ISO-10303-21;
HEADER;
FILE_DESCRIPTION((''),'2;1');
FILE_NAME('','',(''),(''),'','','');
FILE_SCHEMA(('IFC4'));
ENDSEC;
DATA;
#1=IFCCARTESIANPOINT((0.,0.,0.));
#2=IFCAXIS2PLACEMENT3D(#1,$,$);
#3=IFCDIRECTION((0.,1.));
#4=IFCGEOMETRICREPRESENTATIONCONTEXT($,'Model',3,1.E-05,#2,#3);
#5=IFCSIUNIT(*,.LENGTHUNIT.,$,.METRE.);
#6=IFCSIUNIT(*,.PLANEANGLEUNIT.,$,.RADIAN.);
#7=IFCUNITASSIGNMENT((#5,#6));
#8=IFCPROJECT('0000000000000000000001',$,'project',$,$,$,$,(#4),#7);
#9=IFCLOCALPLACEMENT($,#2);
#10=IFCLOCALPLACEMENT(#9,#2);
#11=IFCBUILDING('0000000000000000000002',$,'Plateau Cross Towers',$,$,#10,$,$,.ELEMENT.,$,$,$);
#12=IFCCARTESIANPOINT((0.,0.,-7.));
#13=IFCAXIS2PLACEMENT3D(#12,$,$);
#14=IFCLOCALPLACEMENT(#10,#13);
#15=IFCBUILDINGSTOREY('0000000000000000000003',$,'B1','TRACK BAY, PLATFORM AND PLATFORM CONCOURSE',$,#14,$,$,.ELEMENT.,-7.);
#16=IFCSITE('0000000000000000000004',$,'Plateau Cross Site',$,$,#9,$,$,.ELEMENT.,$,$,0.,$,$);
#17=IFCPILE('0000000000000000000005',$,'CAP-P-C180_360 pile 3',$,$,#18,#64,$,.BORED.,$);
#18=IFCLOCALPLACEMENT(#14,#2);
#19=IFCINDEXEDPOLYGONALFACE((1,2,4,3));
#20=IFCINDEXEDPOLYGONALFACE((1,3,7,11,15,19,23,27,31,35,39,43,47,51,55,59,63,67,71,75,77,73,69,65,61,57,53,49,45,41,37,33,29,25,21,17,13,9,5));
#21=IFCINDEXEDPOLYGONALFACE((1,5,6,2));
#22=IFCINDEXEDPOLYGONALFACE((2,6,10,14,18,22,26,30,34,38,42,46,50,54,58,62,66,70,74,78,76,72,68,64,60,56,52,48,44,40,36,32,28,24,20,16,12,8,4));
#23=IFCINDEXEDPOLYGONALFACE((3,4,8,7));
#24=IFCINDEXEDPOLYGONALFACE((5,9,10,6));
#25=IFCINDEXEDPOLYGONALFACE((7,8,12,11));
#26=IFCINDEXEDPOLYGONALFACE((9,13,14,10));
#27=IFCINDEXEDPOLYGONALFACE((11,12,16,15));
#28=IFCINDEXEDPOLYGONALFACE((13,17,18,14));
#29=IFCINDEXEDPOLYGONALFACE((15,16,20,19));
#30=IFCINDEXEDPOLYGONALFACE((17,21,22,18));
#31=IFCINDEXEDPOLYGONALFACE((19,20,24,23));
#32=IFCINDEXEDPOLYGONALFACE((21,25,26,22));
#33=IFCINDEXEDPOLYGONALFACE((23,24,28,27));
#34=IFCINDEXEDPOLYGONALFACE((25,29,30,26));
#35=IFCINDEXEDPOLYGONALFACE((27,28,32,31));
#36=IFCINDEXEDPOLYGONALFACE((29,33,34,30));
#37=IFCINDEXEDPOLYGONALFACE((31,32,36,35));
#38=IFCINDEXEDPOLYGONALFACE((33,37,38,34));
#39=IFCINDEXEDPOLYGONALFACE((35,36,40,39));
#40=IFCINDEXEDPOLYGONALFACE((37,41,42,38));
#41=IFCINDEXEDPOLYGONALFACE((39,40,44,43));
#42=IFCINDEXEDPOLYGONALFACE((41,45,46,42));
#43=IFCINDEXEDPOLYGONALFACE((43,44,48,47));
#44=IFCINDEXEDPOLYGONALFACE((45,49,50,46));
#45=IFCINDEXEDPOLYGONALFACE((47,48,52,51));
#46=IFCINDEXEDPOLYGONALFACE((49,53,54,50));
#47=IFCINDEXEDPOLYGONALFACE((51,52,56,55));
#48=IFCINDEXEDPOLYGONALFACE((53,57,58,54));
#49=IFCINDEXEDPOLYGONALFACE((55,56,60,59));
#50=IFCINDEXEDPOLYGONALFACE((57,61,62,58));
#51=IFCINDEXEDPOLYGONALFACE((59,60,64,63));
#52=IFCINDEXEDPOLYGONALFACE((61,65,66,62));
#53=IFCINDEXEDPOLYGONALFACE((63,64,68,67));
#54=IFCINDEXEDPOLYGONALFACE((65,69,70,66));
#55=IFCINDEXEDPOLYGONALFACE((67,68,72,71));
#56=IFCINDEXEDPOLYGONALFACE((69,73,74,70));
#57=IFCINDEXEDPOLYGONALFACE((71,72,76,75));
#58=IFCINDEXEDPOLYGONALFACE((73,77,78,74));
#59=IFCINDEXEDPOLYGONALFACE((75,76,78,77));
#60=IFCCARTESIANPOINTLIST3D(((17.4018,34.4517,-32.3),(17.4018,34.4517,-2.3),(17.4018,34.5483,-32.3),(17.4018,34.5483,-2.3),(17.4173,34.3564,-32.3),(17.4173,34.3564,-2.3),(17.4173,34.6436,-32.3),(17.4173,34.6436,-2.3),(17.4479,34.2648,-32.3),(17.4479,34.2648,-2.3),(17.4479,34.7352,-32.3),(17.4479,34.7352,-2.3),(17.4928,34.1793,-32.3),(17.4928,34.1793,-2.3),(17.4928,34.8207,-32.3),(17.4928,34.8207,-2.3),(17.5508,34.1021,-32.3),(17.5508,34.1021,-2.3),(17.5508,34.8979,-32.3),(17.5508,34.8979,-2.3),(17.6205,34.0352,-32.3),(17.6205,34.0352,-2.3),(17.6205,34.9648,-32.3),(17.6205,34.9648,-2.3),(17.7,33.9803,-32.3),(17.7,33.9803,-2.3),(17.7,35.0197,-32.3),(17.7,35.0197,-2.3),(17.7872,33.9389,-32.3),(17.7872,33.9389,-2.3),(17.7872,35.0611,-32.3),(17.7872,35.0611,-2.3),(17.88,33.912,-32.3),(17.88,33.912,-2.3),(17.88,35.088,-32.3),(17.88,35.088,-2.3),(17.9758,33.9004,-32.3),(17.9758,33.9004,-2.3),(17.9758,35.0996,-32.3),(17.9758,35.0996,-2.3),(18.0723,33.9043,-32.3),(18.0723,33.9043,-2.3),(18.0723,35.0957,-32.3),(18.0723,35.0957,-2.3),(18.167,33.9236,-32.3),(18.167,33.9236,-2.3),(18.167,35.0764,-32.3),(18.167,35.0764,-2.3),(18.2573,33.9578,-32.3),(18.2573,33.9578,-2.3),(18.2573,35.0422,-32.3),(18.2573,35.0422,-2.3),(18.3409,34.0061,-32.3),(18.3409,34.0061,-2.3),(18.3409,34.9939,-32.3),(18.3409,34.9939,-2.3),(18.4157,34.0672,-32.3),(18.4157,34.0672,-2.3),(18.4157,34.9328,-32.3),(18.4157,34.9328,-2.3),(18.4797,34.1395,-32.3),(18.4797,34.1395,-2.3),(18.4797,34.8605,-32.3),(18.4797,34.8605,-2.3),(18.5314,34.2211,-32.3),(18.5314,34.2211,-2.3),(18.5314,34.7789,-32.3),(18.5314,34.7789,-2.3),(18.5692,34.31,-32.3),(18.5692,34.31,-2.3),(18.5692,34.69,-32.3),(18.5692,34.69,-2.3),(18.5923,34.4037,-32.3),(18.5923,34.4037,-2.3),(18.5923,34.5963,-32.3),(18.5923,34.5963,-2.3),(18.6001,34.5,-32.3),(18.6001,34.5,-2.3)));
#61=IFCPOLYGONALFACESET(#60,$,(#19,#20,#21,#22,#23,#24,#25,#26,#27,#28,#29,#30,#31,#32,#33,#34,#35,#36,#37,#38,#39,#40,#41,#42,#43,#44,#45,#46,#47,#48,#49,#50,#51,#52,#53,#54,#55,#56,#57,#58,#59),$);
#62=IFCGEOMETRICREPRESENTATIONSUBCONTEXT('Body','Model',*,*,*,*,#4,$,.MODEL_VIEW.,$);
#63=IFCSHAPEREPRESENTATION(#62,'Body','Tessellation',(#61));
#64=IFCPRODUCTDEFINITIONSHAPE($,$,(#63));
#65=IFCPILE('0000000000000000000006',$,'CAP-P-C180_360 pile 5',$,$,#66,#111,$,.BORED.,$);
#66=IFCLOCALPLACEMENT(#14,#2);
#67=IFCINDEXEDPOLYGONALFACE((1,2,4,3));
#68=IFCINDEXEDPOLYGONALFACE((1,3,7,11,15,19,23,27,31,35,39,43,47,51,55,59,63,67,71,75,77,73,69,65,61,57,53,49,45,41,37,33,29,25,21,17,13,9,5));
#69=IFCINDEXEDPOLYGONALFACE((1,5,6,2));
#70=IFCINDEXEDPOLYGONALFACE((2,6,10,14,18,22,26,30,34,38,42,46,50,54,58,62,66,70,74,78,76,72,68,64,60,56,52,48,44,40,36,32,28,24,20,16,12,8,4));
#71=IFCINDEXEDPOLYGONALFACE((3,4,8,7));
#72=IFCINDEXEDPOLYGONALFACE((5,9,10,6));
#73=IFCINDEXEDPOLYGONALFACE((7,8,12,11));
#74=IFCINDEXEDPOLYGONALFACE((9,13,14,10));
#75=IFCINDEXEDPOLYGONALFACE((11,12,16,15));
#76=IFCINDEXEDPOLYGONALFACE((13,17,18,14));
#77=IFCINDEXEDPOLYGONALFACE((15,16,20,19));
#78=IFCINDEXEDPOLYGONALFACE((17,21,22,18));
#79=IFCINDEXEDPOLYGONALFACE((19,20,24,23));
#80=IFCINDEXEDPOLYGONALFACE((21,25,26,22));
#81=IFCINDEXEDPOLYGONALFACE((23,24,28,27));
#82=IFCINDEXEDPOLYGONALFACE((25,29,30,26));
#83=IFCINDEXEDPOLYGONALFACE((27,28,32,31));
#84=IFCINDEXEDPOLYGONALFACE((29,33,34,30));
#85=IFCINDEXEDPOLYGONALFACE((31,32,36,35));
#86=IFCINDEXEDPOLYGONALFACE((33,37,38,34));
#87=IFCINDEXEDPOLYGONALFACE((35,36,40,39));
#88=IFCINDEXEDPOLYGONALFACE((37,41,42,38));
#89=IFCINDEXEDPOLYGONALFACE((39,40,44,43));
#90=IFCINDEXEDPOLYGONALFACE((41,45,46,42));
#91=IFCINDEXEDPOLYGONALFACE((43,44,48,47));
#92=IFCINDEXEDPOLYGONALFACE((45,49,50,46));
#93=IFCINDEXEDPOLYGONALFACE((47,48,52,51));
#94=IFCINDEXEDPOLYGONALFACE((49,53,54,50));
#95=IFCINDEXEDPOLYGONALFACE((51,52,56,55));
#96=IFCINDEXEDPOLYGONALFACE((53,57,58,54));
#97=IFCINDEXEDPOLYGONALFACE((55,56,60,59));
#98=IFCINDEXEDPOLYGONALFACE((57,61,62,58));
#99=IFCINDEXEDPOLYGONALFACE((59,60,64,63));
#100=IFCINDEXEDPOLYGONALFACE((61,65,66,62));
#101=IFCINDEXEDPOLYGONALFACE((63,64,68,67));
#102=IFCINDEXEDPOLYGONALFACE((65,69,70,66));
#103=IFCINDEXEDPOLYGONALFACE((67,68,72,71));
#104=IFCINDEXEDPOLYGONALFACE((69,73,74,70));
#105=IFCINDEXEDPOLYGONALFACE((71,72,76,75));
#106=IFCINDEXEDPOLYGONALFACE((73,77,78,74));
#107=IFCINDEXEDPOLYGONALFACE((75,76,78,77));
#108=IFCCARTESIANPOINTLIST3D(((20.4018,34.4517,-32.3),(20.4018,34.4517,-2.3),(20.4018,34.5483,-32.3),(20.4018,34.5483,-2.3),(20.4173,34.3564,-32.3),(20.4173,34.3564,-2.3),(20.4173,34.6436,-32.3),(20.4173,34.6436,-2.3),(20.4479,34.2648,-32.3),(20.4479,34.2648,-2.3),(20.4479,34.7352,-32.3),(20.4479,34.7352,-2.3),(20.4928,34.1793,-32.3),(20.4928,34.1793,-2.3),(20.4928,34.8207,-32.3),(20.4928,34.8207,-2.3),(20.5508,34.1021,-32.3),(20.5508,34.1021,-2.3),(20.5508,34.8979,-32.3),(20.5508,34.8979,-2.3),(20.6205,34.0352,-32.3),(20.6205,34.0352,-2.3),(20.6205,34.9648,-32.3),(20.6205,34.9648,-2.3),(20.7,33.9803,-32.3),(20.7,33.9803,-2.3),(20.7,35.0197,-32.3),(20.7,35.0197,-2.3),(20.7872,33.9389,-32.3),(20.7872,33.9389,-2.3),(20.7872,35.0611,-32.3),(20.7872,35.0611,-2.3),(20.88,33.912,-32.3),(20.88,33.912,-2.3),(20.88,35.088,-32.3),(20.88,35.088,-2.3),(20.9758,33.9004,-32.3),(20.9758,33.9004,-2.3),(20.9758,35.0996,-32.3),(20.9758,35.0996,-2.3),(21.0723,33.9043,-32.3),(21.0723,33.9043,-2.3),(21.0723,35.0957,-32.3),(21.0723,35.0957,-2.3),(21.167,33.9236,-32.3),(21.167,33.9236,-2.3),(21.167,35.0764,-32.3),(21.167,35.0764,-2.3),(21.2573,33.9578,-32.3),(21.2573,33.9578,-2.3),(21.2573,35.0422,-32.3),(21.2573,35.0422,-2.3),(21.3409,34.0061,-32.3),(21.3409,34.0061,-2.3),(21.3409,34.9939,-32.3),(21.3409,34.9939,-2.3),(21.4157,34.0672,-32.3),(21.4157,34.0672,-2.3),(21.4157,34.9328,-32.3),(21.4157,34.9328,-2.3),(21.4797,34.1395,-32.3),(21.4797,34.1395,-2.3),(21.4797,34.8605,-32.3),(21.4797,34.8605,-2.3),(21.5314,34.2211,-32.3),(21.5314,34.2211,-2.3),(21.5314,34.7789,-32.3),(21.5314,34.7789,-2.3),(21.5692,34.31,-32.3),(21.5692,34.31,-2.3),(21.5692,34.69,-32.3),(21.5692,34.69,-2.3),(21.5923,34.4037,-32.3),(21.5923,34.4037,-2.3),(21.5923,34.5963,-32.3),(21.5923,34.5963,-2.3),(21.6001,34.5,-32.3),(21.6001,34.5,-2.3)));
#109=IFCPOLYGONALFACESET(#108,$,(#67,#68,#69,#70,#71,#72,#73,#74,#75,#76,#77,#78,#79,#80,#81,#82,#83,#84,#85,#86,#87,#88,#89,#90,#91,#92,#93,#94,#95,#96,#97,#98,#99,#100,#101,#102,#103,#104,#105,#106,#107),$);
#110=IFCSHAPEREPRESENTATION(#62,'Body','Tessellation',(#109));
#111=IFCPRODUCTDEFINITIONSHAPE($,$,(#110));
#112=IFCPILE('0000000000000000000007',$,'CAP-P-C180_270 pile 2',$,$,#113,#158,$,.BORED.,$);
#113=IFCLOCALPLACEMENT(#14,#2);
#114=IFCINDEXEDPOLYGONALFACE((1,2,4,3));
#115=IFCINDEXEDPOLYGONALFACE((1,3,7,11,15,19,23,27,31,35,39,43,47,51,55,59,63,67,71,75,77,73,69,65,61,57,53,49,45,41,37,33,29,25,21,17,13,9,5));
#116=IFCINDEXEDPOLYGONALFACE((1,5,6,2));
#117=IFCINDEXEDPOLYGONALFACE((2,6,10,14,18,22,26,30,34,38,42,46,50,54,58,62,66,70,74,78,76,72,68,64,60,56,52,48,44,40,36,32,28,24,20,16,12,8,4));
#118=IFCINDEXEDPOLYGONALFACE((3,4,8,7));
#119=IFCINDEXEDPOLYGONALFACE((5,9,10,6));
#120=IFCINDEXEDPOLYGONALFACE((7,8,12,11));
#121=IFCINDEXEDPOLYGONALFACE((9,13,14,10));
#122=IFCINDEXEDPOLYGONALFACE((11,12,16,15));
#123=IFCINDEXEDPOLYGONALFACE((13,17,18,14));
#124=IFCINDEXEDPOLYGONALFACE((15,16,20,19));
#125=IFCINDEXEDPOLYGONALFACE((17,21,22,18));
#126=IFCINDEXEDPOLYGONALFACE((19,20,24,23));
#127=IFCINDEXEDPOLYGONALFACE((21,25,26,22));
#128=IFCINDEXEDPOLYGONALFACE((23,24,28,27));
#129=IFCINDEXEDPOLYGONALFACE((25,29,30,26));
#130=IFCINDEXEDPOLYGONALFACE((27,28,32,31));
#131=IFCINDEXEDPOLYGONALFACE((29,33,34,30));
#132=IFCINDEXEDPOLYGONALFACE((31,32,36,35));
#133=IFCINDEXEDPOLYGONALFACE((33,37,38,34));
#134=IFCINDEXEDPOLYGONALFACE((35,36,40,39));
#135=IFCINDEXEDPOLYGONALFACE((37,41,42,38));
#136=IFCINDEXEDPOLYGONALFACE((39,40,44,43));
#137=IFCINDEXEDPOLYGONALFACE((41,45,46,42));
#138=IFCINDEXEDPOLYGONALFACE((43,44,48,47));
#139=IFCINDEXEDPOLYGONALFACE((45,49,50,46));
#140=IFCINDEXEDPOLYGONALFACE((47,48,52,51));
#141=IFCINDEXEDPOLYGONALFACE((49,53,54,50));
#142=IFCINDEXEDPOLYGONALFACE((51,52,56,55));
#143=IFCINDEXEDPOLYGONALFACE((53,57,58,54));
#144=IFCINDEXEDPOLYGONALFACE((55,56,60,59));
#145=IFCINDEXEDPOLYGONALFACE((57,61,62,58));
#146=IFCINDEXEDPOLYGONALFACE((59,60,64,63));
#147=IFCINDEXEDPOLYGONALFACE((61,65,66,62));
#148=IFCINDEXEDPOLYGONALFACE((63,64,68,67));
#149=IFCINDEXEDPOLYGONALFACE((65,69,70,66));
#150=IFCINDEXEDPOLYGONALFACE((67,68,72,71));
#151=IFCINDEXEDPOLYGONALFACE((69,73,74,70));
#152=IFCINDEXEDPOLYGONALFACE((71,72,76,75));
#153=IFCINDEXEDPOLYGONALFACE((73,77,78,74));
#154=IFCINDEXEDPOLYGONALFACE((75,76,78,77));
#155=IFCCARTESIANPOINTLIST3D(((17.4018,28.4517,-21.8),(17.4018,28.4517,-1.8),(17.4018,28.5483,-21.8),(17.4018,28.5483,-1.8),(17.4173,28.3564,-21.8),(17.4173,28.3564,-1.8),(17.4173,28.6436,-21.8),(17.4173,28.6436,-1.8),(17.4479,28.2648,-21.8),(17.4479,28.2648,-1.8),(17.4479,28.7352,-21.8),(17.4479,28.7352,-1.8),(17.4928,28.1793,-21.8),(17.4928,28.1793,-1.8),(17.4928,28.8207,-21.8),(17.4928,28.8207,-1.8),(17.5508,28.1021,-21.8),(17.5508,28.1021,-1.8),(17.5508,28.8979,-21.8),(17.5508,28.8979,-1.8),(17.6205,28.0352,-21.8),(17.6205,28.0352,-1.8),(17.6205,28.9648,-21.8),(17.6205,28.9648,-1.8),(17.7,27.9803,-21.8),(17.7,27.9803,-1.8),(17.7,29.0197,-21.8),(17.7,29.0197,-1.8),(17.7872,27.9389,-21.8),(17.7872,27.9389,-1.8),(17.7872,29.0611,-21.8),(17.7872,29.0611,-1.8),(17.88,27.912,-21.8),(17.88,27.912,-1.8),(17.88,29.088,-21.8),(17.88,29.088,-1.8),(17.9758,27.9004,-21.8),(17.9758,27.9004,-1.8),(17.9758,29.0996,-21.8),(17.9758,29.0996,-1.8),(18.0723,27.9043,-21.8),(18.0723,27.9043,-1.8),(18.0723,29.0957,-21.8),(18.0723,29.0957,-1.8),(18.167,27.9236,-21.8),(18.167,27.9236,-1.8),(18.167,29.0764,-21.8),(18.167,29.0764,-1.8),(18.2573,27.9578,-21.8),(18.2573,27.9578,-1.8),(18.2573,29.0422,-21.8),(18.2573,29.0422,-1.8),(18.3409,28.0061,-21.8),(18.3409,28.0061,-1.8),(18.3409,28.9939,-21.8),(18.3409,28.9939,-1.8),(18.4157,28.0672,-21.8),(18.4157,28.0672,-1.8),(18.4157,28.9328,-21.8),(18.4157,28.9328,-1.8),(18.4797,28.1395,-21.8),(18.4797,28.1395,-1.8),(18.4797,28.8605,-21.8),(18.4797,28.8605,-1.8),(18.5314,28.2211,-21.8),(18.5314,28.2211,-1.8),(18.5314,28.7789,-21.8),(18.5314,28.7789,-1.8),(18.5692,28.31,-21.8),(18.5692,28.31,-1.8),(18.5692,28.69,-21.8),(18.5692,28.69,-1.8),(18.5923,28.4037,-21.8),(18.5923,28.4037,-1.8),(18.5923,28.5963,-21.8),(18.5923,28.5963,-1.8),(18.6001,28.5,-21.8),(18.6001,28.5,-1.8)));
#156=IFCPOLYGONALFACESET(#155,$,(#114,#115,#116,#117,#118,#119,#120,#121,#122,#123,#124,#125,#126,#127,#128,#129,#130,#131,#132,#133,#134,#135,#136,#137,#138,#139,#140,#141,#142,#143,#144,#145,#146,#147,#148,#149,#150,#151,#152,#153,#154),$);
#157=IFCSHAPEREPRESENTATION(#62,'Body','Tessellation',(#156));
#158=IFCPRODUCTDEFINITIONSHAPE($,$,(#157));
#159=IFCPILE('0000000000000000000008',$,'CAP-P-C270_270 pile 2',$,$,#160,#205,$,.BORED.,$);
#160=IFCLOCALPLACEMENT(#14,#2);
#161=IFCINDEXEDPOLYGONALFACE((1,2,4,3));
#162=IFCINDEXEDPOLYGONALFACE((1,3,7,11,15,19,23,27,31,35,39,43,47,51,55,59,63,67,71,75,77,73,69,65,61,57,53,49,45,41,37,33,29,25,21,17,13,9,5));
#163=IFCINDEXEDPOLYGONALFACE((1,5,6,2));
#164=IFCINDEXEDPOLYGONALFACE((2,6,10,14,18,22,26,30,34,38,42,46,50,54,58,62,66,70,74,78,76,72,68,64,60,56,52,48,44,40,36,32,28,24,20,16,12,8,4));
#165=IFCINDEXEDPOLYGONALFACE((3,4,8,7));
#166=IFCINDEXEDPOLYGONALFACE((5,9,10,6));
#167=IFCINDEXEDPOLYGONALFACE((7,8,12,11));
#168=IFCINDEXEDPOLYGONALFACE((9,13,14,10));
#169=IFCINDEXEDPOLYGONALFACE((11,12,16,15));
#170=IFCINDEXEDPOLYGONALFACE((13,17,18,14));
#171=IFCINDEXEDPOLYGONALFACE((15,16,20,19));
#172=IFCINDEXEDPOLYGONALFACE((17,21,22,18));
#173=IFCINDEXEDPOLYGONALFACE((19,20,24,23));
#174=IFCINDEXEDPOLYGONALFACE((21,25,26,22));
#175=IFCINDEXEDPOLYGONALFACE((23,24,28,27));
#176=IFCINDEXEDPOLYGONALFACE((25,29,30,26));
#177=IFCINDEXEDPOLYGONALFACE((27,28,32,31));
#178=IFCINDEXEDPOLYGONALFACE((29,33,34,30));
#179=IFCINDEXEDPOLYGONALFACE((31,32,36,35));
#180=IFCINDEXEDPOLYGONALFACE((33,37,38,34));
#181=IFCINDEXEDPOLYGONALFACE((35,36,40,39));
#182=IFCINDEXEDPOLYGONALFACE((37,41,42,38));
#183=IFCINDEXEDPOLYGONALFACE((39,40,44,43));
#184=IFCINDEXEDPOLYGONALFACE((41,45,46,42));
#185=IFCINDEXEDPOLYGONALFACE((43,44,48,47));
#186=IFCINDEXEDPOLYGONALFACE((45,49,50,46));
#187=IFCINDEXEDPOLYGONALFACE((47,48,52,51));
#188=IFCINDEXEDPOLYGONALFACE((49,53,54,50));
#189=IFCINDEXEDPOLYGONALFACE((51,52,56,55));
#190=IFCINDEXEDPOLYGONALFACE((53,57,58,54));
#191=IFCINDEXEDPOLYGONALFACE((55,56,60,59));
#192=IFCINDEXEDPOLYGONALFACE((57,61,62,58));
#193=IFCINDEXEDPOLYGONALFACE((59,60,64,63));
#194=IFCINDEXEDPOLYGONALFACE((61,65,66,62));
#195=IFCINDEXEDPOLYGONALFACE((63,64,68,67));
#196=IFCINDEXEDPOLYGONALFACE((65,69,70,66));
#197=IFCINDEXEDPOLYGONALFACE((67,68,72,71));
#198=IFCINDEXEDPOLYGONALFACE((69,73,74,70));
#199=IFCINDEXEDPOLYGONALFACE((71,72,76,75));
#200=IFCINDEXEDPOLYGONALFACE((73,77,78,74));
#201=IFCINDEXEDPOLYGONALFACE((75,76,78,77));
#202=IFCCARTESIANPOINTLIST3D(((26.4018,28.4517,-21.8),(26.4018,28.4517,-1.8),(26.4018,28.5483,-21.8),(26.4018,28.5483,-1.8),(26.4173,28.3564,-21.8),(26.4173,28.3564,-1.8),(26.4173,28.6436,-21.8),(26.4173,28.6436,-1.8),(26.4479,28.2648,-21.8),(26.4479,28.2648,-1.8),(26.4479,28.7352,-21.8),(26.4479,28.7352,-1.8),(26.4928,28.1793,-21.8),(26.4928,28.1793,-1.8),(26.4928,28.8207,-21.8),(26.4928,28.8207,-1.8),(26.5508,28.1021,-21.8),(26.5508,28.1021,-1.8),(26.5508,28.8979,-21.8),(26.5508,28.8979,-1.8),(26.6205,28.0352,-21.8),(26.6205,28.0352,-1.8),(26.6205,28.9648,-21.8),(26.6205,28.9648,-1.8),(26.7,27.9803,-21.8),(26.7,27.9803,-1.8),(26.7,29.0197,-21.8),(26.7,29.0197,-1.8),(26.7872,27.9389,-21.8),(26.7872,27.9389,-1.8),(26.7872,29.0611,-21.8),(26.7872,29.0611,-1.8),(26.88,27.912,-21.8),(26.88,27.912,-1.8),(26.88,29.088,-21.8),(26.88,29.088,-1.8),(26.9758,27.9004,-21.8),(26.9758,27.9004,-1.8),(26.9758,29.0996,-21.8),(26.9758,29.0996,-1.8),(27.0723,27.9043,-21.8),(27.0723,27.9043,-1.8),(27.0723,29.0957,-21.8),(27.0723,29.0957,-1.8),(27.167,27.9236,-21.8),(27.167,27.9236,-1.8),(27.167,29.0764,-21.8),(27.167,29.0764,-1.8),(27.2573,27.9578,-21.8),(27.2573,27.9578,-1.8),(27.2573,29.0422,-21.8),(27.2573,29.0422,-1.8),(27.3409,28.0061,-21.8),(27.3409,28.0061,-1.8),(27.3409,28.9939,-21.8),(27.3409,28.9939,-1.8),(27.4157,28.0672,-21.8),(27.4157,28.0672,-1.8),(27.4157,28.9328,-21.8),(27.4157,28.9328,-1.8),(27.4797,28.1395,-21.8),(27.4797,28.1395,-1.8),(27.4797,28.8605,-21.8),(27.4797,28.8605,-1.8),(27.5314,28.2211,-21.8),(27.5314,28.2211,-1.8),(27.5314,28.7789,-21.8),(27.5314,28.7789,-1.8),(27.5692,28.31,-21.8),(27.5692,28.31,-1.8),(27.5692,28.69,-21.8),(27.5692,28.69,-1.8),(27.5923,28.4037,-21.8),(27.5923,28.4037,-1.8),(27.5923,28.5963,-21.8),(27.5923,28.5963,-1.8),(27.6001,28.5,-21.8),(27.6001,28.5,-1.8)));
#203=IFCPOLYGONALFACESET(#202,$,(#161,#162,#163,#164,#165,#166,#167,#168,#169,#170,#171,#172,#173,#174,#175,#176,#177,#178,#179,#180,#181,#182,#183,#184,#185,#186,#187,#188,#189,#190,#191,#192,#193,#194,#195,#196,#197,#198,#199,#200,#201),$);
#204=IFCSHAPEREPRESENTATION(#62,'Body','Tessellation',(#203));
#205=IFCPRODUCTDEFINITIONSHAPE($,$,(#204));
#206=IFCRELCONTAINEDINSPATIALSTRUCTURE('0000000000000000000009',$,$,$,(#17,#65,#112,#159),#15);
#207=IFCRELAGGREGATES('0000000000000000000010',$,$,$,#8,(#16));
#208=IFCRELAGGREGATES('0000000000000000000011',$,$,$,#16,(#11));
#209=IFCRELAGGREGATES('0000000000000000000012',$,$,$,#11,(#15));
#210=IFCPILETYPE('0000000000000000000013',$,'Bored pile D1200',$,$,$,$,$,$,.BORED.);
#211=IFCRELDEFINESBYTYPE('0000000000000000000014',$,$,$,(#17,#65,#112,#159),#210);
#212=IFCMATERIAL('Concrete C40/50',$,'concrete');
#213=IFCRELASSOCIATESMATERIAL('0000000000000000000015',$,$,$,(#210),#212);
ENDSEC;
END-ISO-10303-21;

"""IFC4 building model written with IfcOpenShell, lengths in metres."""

from ifc_helpers import new_model, si_unit, direction, frame, origin, origin_2d, place, context, subcontext, project, spatial, circle, extrude, material, material_profile, profile_set, type_object, element, save


model = new_model("IFC4")

# Units and contexts
model_context = context("Model", 3, precision=1e-05, world=origin(), true_north=direction((0.0, 1.0)))
body_context = subcontext(model_context, "Body", "Model", "MODEL_VIEW")
ifc_project = project(units=[si_unit("LENGTHUNIT", "METRE"), si_unit("PLANEANGLEUNIT", "RADIAN")], contexts=[model_context])

# Site, building, storey
site_placement = place(None, origin())
site = spatial("IfcSite", under=ifc_project, at=site_placement, Name="Plateau Cross Site", CompositionType="ELEMENT", RefElevation=0.0)
building_placement = place(site_placement, origin())
building = spatial("IfcBuilding", under=site, at=building_placement, Name="Plateau Cross Towers", CompositionType="ELEMENT")
storey_placement = place(building_placement, frame((0.0, 0.0, -7.0)))
storey = spatial("IfcBuildingStorey", under=building, at=storey_placement, Name="B1", Description="TRACK BAY, PLATFORM AND PLATFORM CONCOURSE", CompositionType="ELEMENT", Elevation=-7.0)

# Piles
ifc_material_1 = material(Name="Concrete C40/50", Category="concrete")
ifc_material_profile_1 = material_profile(ifc_material_1, circle(Radius=0.6001, at=origin_2d()), Name="Bored pile D1200")
ifc_profile_set_1 = profile_set([ifc_material_profile_1], Name="Concrete C40/50")
pile_type = type_object("IfcPileType", Name="Bored pile D1200", PredefinedType="BORED", material=ifc_profile_set_1)
for number, where, z_axis, x_axis, name in (
    (1, (18.0, 34.5, -2.3), (0.0, 0.0, -1.0), (1.0, 0.0, 0.0), "CAP-P-C180_360 pile 3"),
    (2, (21.0, 34.5, -2.3), (0.0, 0.0, -1.0), (1.0, 0.0, 0.0), "CAP-P-C180_360 pile 5"),
):
    element("IfcPile", number, at=place(storey_placement, frame(where, z_axis=z_axis, x_axis=x_axis)), inside=storey, type_object=pile_type, Name=name, PredefinedType="BORED", context=body_context, shape_type="SweptSolid", body=[
        extrude(circle(Radius=0.6001, at=origin_2d()), origin(), (0.0, 0.0, 1.0), 30.0),
    ])
for number, where, z_axis, x_axis, name in (
    (3, (18.0, 28.5, -1.8), (0.0, 0.0, -1.0), (1.0, 0.0, 0.0), "CAP-P-C180_270 pile 2"),
    (4, (27.0, 28.5, -1.8), (0.0, 0.0, -1.0), (1.0, 0.0, 0.0), "CAP-P-C270_270 pile 2"),
):
    element("IfcPile", number, at=place(storey_placement, frame(where, z_axis=z_axis, x_axis=x_axis)), inside=storey, type_object=pile_type, Name=name, PredefinedType="BORED", context=body_context, shape_type="SweptSolid", body=[
        extrude(circle(Radius=0.6001, at=origin_2d()), origin(), (0.0, 0.0, 1.0), 20.0),
    ])

save(model, "model.ifc")
